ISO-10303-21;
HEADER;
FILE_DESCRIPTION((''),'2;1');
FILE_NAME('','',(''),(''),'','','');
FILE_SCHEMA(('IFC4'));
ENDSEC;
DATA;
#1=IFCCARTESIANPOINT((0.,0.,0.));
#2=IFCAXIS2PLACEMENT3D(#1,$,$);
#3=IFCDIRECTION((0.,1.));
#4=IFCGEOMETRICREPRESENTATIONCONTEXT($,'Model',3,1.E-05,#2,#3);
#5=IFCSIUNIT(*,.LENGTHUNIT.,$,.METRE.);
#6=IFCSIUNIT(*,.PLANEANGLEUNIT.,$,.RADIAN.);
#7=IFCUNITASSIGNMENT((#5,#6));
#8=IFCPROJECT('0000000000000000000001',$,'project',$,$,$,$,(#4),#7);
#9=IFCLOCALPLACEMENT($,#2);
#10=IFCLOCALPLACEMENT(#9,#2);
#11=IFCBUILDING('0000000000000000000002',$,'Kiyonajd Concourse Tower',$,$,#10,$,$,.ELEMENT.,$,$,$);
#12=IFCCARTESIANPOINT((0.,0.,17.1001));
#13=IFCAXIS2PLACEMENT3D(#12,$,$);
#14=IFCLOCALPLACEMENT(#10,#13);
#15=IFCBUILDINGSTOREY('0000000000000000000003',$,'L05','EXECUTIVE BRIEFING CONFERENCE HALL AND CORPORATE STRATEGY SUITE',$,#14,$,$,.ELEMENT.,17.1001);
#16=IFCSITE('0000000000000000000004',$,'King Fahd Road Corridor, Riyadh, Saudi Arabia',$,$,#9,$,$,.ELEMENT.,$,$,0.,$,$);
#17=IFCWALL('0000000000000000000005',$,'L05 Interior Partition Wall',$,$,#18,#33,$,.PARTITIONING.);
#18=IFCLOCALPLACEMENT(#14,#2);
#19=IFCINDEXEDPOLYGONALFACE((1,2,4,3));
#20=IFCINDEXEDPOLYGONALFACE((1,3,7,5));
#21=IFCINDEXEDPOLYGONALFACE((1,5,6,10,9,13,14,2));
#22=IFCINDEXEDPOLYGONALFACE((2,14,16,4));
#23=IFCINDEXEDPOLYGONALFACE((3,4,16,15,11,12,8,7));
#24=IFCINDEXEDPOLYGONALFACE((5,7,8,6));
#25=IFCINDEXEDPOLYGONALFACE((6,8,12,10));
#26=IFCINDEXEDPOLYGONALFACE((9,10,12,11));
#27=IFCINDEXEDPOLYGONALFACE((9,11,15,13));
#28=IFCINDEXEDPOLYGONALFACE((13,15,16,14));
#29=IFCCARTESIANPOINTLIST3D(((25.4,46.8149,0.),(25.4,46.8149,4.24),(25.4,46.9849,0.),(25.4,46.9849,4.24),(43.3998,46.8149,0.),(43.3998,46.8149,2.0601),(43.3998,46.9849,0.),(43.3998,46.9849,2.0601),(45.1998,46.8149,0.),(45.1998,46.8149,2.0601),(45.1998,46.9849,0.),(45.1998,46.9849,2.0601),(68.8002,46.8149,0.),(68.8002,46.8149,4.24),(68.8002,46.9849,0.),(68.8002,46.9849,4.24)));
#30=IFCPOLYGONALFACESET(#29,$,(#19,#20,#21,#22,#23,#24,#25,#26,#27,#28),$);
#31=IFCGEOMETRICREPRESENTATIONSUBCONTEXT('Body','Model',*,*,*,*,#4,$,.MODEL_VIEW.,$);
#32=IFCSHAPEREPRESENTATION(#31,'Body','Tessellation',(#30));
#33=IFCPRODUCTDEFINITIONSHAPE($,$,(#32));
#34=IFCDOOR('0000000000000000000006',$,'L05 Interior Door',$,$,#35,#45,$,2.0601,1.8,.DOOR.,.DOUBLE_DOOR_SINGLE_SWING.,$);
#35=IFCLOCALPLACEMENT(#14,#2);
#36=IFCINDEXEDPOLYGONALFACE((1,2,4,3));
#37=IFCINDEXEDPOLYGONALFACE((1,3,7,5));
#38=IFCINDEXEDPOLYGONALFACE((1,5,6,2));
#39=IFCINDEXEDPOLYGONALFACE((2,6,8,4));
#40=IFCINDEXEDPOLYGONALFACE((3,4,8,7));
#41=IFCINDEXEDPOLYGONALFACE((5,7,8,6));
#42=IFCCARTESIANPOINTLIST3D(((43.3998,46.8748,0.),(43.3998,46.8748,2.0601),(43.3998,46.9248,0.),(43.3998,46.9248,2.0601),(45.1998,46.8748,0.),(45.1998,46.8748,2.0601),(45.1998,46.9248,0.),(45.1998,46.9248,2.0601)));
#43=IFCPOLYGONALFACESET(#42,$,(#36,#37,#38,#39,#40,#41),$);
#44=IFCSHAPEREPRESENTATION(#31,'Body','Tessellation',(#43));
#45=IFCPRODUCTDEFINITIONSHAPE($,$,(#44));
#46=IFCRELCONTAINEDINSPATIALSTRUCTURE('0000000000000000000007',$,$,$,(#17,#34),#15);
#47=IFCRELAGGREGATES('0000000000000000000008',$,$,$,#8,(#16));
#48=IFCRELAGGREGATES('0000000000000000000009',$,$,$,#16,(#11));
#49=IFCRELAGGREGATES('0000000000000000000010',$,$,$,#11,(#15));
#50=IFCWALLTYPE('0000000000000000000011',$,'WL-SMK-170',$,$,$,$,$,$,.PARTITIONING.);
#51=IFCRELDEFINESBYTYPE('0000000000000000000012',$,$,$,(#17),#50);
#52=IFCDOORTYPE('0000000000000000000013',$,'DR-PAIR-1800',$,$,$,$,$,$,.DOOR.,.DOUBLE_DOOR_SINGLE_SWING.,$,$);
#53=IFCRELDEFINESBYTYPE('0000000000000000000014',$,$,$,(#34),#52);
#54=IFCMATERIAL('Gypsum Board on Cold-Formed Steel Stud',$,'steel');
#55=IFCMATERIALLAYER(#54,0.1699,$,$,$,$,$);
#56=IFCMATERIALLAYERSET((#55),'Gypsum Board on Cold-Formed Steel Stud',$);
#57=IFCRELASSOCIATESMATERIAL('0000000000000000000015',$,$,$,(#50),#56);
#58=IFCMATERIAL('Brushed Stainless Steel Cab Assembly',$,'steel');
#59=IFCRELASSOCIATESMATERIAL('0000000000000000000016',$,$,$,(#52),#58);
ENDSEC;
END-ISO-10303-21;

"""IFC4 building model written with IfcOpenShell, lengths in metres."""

from ifc_helpers import new_model, si_unit, direction, frame, frame_2d, origin, place, context, subcontext, project, spatial, rectangle, extrude, material, layer, layer_set, type_object, element, fill, save


model = new_model("IFC4")

# Units and contexts
model_context = context("Model", 3, precision=1e-05, world=origin(), true_north=direction((0.0, 1.0)))
body_context = subcontext(model_context, "Body", "Model", "MODEL_VIEW")
ifc_project = project(units=[si_unit("LENGTHUNIT", "METRE"), si_unit("PLANEANGLEUNIT", "RADIAN")], contexts=[model_context])

# Site, building, storey
site_placement = place(None, origin())
site = spatial("IfcSite", under=ifc_project, at=site_placement, Name="King Fahd Road Corridor, Riyadh, Saudi Arabia", CompositionType="ELEMENT", RefElevation=0.0)
building_placement = place(site_placement, origin())
building = spatial("IfcBuilding", under=site, at=building_placement, Name="Kiyonajd Concourse Tower", CompositionType="ELEMENT")
storey_placement = place(building_placement, frame((0.0, 0.0, 17.1001)))
storey = spatial("IfcBuildingStorey", under=building, at=storey_placement, Name="L05", Description="EXECUTIVE BRIEFING CONFERENCE HALL AND CORPORATE STRATEGY SUITE", CompositionType="ELEMENT", Elevation=17.1001)

# Shared definitions
ifc_material_1 = material(Name="Gypsum Board on Cold-Formed Steel Stud", Category="steel")
ifc_layer_1 = layer(ifc_material_1, 0.1699)
ifc_layer_set_1 = layer_set([ifc_layer_1], Name="Gypsum Board on Cold-Formed Steel Stud")
wall_type_1 = type_object("IfcWallType", Name="WL-SMK-170", PredefinedType="PARTITIONING", material=ifc_layer_set_1)

# Wall, opening, door
wall_1_placement = place(storey_placement, frame((25.3999, 46.8999, 0.0), z_axis=(0.0, 0.0, 1.0), x_axis=(1.0, 0.0, 0.0)))
wall_1 = element("IfcWall", 1, at=wall_1_placement, inside=storey, type_object=wall_type_1, Name="L05 Interior Partition Wall", PredefinedType="PARTITIONING", context=body_context, shape_type="SweptSolid", body=[
    extrude(rectangle(XDim=43.4001, YDim=0.1699, at=frame_2d((21.7002, 0.0))), origin(), (0.0, 0.0, 1.0), 4.24),
])
opening_1_placement = place(wall_1_placement, frame((18.0, 0.0, 0.0)))
opening_1 = element("IfcOpeningElement", 2, at=opening_1_placement, cuts=wall_1, PredefinedType="OPENING", context=body_context, shape_type="SweptSolid", body=[
    extrude(rectangle(XDim=1.8, YDim=2.0601, at=frame_2d((0.8999, 1.03))), frame((0.0, 0.095, 0.0), z_axis=(0.0, -1.0, 0.0), x_axis=(1.0, 0.0, 0.0)), (0.0, 0.0, 1.0), 0.1899),
])
ifc_material_2 = material(Name="Brushed Stainless Steel Cab Assembly", Category="steel")
door_type_1 = type_object("IfcDoorType", Name="DR-PAIR-1800", OperationType="DOUBLE_DOOR_SINGLE_SWING", PredefinedType="DOOR", material=ifc_material_2)
door_1_placement = place(opening_1_placement, origin())
door_1 = element("IfcDoor", 3, at=door_1_placement, inside=storey, type_object=door_type_1, Name="L05 Interior Door", OperationType="DOUBLE_DOOR_SINGLE_SWING", OverallHeight=2.0601, OverallWidth=1.8, PredefinedType="DOOR", context=body_context, shape_type="SweptSolid", body=[
    extrude(rectangle(XDim=1.8, YDim=2.0601, at=frame_2d((0.8999, 1.03))), frame((0.0, 0.0249, 0.0), z_axis=(0.0, -1.0, 0.0), x_axis=(1.0, 0.0, 0.0)), (0.0, 0.0, 1.0), 0.05),
])
fill(opening_1, door_1)

save(model, "model.ifc")
